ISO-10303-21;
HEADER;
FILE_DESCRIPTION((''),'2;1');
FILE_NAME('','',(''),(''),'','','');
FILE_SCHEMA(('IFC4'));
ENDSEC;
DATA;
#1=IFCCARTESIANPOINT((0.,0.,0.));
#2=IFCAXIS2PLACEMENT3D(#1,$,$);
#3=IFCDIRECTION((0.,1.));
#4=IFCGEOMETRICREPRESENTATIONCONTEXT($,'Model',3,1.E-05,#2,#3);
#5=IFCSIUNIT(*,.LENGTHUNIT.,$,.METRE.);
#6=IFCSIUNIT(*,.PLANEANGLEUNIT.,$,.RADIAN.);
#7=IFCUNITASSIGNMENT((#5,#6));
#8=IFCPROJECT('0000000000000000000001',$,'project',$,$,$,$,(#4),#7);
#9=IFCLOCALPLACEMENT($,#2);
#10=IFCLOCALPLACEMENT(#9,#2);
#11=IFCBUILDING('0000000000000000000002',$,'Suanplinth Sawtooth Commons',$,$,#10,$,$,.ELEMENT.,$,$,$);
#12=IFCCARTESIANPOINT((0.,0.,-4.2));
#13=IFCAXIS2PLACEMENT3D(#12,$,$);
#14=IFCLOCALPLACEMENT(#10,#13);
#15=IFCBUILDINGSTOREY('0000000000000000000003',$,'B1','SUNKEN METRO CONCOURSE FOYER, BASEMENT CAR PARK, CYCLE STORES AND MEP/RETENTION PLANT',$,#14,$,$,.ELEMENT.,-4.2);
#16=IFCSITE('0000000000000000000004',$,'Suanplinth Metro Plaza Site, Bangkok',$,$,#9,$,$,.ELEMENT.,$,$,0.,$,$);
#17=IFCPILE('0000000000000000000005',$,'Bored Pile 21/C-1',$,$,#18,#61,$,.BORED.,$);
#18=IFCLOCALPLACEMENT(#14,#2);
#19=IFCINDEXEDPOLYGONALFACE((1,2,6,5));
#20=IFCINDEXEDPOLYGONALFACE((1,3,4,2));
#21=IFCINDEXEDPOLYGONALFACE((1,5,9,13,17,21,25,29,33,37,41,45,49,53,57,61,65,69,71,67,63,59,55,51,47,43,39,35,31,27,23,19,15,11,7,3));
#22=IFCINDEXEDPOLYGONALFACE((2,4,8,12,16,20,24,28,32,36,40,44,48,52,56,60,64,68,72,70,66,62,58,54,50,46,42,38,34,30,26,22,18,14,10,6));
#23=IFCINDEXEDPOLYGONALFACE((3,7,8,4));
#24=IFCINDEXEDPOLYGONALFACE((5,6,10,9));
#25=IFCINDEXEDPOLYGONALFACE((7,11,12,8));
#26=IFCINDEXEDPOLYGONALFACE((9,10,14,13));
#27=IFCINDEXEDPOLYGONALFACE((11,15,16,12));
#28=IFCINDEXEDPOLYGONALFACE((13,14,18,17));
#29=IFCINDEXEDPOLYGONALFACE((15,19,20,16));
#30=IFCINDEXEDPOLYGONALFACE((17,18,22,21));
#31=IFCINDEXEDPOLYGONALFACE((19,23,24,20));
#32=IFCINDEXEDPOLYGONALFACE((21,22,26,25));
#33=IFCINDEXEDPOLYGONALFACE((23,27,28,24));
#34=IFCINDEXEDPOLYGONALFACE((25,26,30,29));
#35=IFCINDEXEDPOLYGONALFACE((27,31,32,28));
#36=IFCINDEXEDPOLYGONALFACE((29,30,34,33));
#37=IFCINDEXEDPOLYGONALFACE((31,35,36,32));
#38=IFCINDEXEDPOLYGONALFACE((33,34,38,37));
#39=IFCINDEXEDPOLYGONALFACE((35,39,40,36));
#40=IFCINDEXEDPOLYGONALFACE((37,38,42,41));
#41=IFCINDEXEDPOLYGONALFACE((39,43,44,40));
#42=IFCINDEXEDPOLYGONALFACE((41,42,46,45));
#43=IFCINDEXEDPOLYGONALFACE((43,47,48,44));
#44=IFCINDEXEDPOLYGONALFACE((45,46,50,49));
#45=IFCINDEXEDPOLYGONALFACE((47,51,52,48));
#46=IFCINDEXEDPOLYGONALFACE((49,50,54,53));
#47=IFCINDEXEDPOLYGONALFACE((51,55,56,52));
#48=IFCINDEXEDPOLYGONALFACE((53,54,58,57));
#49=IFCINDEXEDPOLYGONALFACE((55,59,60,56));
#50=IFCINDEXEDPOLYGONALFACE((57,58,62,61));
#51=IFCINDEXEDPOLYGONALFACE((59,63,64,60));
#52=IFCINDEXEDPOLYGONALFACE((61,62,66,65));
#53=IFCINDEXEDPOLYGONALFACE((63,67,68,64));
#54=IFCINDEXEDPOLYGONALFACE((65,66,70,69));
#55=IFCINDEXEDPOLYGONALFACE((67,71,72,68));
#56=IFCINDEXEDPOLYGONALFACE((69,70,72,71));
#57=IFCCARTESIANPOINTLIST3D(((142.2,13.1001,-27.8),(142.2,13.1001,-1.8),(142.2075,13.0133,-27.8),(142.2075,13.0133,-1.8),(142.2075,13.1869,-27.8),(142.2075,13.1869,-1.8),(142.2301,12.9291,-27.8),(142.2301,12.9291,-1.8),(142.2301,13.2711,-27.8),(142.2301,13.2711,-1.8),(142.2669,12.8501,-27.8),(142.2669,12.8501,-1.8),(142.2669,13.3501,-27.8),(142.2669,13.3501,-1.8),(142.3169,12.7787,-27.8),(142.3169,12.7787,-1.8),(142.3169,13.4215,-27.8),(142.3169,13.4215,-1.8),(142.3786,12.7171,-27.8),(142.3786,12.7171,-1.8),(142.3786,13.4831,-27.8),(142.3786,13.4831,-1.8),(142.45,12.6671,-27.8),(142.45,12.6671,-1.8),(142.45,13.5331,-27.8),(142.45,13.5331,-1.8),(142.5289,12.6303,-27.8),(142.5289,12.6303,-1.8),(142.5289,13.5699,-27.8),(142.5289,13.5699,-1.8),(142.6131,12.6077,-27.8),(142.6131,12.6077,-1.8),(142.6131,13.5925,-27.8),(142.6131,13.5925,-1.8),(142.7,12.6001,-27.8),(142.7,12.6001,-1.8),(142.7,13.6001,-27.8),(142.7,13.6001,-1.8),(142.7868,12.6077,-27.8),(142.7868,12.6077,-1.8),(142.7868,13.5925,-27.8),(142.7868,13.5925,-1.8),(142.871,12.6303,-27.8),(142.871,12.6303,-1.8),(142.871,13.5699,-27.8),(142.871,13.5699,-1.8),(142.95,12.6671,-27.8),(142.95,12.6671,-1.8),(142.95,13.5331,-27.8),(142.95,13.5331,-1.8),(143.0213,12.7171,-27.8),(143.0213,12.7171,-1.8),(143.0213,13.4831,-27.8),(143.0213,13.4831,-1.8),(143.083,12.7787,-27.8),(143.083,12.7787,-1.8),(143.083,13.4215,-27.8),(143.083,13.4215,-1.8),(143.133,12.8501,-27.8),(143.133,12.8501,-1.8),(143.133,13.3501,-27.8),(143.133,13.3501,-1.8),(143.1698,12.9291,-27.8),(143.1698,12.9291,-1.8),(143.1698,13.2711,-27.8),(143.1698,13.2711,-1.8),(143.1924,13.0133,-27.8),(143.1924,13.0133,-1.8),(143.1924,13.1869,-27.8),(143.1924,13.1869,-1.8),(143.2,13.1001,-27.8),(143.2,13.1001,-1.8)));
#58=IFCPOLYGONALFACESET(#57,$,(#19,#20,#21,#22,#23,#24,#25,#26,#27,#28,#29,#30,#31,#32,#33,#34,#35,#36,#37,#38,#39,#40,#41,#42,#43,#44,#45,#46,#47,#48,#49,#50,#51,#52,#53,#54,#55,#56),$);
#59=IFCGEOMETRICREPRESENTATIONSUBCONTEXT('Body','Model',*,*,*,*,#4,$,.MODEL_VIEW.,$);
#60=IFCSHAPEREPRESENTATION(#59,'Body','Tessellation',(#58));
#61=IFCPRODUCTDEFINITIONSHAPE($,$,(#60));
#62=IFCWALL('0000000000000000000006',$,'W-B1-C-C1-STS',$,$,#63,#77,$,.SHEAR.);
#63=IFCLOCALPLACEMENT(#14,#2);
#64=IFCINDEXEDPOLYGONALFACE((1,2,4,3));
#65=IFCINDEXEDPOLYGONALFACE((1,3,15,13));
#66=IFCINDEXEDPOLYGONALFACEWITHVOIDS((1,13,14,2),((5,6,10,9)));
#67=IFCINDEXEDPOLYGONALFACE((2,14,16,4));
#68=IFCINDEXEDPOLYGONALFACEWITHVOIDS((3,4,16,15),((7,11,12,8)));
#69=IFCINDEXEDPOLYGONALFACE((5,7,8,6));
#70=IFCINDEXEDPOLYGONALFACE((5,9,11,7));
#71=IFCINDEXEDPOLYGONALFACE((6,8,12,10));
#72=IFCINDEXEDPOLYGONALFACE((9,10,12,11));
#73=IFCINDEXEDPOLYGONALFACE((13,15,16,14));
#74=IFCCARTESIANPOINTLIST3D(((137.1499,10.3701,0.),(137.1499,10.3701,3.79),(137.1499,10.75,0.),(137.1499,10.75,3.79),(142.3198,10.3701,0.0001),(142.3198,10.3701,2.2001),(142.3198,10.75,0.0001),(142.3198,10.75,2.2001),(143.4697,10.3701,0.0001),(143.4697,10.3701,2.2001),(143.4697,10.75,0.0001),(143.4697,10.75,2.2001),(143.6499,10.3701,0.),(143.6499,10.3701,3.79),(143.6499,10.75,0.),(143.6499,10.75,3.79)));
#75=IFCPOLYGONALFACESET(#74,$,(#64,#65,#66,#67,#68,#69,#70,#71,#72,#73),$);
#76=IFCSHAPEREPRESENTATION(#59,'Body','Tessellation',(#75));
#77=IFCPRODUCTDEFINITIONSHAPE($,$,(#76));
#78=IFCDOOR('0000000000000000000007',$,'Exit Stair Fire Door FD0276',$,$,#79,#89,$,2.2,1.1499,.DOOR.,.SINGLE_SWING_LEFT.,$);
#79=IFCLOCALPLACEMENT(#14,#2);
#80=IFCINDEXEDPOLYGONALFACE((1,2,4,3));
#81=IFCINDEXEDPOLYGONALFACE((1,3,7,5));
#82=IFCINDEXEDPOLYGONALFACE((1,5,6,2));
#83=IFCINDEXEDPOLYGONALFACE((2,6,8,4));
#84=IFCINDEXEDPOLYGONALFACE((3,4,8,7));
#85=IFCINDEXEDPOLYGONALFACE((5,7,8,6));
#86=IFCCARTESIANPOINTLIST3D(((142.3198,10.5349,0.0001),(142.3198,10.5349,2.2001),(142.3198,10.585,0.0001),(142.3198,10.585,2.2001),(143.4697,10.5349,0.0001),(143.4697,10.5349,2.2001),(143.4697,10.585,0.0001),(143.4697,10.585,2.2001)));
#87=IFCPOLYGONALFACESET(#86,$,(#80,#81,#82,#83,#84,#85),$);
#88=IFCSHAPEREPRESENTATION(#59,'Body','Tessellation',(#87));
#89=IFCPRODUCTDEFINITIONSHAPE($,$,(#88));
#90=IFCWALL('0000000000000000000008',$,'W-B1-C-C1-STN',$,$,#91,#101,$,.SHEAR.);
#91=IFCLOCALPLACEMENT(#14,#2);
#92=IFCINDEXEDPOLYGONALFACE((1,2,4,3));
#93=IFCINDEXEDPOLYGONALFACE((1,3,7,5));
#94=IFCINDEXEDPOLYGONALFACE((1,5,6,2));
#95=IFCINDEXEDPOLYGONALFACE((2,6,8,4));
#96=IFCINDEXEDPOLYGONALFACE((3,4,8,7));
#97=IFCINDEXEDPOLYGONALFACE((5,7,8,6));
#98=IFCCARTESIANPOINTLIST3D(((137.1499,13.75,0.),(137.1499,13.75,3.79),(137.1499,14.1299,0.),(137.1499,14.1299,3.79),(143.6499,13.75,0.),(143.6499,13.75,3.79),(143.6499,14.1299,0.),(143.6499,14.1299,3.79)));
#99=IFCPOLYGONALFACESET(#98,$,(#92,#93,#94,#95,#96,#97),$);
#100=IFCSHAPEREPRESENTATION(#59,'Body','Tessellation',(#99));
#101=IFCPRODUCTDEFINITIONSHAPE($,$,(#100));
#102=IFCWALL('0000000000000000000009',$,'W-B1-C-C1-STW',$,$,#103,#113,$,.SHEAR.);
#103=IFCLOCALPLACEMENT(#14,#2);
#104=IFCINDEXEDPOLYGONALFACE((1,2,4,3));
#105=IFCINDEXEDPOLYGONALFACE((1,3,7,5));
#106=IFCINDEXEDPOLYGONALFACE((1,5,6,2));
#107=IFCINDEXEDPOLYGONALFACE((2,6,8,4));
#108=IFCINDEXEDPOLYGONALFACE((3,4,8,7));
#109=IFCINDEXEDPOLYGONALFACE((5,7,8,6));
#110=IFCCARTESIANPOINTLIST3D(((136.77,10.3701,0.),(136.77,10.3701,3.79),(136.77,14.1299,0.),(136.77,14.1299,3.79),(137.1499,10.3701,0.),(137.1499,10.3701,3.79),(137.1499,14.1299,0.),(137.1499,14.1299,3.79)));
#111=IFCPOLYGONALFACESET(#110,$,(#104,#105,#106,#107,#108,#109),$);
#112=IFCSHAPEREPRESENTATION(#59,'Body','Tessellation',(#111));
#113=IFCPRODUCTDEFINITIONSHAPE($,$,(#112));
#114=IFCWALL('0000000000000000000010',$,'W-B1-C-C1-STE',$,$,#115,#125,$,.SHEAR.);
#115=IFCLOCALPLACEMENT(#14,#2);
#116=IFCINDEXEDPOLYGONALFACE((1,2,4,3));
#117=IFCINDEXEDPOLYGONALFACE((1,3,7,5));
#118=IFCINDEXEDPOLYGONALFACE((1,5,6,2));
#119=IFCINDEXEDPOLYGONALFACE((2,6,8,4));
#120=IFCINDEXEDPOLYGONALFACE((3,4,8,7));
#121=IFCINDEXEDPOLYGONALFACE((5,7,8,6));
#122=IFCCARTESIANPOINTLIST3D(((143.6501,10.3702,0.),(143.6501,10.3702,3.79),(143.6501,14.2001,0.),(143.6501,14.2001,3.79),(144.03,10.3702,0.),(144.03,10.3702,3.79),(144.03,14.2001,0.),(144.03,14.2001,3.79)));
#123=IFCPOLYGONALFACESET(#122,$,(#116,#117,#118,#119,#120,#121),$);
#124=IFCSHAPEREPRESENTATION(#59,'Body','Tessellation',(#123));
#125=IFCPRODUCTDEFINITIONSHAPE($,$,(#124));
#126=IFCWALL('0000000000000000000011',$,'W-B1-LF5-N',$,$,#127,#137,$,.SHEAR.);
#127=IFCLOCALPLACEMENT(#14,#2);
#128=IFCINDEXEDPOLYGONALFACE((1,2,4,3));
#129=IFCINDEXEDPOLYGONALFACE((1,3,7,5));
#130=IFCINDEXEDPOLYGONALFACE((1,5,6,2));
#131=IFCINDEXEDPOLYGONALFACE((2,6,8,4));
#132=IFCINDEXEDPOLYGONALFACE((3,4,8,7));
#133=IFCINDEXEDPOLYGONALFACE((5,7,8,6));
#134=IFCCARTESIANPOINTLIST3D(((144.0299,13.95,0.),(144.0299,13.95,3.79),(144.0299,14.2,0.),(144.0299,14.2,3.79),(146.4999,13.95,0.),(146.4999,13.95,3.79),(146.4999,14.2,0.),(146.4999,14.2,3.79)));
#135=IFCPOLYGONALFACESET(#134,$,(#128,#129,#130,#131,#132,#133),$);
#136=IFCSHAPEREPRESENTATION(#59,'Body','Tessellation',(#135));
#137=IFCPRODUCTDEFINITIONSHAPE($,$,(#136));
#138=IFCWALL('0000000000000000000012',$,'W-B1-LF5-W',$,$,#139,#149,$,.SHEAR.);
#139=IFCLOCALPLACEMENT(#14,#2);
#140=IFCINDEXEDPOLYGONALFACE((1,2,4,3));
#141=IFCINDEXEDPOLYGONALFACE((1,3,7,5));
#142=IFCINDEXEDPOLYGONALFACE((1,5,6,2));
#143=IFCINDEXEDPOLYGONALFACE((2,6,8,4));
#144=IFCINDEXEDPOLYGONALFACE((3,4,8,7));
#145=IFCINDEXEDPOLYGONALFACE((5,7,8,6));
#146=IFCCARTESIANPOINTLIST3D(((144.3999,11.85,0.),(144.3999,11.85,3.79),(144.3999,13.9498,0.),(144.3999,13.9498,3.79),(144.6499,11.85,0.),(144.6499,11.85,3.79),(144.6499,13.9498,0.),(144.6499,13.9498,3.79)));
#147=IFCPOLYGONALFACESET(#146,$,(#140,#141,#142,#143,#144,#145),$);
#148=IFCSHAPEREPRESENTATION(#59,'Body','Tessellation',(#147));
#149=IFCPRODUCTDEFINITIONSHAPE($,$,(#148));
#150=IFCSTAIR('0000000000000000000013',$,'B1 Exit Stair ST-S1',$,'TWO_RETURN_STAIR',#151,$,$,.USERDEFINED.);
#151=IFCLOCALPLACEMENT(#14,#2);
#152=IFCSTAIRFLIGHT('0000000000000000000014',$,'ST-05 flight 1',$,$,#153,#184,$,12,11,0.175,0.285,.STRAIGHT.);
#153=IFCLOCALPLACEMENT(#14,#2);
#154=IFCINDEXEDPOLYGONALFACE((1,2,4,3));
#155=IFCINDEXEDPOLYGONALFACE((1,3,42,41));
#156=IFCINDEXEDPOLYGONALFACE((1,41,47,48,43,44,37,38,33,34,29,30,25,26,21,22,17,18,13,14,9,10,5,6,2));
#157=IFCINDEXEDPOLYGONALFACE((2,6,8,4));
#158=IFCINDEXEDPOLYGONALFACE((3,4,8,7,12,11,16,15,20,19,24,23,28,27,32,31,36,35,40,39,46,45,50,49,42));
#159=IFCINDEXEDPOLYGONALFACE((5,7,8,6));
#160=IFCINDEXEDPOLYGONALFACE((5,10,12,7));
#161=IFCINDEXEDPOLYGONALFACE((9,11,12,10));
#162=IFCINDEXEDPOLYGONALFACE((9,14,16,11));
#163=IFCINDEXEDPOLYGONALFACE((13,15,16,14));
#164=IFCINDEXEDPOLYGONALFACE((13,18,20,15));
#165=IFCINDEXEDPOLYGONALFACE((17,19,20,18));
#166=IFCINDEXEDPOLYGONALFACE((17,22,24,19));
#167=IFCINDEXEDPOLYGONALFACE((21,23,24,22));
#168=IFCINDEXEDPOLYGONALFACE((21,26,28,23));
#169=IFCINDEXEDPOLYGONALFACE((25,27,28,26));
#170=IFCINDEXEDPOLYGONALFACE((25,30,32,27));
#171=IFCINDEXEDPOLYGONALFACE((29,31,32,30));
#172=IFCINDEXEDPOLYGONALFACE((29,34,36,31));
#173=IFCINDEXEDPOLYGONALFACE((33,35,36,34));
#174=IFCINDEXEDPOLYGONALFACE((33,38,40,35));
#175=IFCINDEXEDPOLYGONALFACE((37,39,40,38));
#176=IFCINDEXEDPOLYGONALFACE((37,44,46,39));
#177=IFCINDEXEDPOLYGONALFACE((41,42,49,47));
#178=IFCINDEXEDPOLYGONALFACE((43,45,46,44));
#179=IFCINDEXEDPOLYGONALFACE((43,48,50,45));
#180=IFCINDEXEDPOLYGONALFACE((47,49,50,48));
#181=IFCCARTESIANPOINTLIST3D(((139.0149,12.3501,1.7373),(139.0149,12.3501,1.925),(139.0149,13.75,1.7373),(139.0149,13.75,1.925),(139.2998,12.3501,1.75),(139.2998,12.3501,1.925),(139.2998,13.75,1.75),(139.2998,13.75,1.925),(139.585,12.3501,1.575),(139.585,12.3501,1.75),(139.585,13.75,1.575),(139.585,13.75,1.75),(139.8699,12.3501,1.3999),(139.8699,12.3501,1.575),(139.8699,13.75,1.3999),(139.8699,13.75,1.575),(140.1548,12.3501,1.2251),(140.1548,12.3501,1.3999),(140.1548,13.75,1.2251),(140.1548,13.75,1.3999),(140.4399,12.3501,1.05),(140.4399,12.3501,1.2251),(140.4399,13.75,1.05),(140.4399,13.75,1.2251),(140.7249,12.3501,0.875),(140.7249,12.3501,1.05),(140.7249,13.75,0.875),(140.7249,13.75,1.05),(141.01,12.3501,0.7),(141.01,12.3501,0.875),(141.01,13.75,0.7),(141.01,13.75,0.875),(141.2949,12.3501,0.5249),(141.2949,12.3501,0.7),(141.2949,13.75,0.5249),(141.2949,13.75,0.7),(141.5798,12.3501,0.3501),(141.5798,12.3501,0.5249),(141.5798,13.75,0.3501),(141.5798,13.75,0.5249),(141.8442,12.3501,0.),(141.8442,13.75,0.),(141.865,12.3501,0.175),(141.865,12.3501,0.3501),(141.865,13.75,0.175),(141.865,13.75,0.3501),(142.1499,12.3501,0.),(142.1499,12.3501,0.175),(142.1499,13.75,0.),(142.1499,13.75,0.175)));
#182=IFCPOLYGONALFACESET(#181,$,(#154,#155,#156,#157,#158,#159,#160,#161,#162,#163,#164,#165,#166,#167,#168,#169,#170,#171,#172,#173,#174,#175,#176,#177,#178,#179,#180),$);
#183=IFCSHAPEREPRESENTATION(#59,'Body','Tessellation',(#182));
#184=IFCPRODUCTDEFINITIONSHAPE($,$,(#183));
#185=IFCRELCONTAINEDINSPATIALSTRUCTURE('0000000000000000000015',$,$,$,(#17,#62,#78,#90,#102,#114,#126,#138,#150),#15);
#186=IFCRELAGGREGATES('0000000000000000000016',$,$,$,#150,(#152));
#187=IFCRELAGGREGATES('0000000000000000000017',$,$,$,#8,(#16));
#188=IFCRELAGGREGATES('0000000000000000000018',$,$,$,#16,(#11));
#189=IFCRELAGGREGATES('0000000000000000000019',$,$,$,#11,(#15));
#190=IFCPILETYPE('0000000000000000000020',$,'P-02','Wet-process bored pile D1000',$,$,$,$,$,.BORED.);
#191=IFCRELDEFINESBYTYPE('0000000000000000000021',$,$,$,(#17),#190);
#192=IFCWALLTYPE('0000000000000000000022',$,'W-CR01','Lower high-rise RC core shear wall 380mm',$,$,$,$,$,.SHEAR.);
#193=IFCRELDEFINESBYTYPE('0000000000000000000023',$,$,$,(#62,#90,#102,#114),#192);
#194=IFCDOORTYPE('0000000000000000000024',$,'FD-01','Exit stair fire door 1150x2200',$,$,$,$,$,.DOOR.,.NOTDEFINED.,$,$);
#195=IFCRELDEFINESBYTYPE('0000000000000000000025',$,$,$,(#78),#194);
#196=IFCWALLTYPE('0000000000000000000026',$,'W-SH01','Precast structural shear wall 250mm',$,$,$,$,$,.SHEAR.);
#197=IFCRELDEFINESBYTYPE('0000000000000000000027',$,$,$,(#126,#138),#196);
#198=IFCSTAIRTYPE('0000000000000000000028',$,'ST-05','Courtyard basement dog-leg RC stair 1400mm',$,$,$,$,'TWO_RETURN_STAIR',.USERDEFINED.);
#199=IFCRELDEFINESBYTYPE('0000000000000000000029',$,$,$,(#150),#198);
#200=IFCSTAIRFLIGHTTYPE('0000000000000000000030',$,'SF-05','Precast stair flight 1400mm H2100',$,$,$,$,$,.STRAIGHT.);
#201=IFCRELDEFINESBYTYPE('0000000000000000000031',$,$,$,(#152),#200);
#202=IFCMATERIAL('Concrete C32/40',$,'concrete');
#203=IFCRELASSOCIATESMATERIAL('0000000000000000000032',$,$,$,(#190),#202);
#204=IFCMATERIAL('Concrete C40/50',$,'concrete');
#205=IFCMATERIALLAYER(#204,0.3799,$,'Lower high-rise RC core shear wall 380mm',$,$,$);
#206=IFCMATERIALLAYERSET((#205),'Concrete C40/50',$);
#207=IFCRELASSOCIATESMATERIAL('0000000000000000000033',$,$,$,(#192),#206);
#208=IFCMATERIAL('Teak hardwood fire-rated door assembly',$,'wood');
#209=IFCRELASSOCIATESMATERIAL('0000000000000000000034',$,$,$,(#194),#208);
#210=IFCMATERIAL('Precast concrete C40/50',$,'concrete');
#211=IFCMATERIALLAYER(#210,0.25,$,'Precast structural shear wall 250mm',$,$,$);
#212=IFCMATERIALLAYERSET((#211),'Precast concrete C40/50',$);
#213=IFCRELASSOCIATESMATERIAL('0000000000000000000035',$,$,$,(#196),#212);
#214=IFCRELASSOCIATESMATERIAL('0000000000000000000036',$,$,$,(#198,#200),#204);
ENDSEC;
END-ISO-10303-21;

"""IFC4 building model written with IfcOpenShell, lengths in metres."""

from ifc_helpers import new_model, si_unit, direction, frame, frame_2d, origin, origin_2d, place, context, subcontext, project, spatial, polyline, rectangle, circle, outline, extrude, material, layer, layer_set, material_profile, profile_set, type_object, element, fill, aggregate, save


model = new_model("IFC4")

# Units and contexts
model_context = context("Model", 3, precision=1e-05, world=origin(), true_north=direction((0.0, 1.0)))
body_context = subcontext(model_context, "Body", "Model", "MODEL_VIEW")
ifc_project = project(units=[si_unit("LENGTHUNIT", "METRE"), si_unit("PLANEANGLEUNIT", "RADIAN")], contexts=[model_context])

# Site, building, storey
site_placement = place(None, origin())
site = spatial("IfcSite", under=ifc_project, at=site_placement, Name="Suanplinth Metro Plaza Site, Bangkok", CompositionType="ELEMENT", RefElevation=0.0)
building_placement = place(site_placement, origin())
building = spatial("IfcBuilding", under=site, at=building_placement, Name="Suanplinth Sawtooth Commons", CompositionType="ELEMENT")
storey_placement = place(building_placement, frame((0.0, 0.0, -4.2)))
storey = spatial("IfcBuildingStorey", under=building, at=storey_placement, Name="B1", Description="SUNKEN METRO CONCOURSE FOYER, BASEMENT CAR PARK, CYCLE STORES AND MEP/RETENTION PLANT", CompositionType="ELEMENT", Elevation=-4.2)

# Pile
ifc_material_1 = material(Name="Concrete C32/40", Category="concrete")
ifc_material_profile_1 = material_profile(ifc_material_1, circle(Radius=0.5, at=origin_2d()), Name="PILE D1000")
ifc_profile_set_1 = profile_set([ifc_material_profile_1], Name="Concrete C32/40")
pile_type = type_object("IfcPileType", Name="P-02", Description="Wet-process bored pile D1000", PredefinedType="BORED", material=ifc_profile_set_1)
pile_1_placement = place(storey_placement, frame((142.7, 13.1001, -1.8), z_axis=(0.0, 0.0, -1.0), x_axis=(1.0, 0.0, 0.0)))
element("IfcPile", 1, at=pile_1_placement, inside=storey, type_object=pile_type, Name="Bored Pile 21/C-1", PredefinedType="BORED", context=body_context, shape_type="SweptSolid", body=[
    extrude(circle(Radius=0.5, at=origin_2d()), origin(), (0.0, 0.0, 1.0), 26.0),
])

# Wall, opening, door
ifc_material_2 = material(Name="Concrete C40/50", Category="concrete")
ifc_layer_1 = layer(ifc_material_2, 0.3799, Name="Lower high-rise RC core shear wall 380mm")
ifc_layer_set_1 = layer_set([ifc_layer_1], Name="Concrete C40/50")
wall_type_1 = type_object("IfcWallType", Name="W-CR01", Description="Lower high-rise RC core shear wall 380mm", PredefinedType="SHEAR", material=ifc_layer_set_1)
wall_1_placement = place(storey_placement, frame((137.1499, 10.5601, 0.0), z_axis=(0.0, 0.0, 1.0), x_axis=(1.0, 0.0, 0.0)))
wall_1 = element("IfcWall", 2, at=wall_1_placement, inside=storey, type_object=wall_type_1, Name="W-B1-C-C1-STS", PredefinedType="SHEAR", context=body_context, shape_type="SweptSolid", body=[
    extrude(rectangle(XDim=6.5, YDim=0.3799, at=frame_2d((3.25, 0.0))), origin(), (0.0, 0.0, 1.0), 3.79),
])
opening_1_placement = place(wall_1_placement, frame((5.1699, 0.0, 0.0)))
opening_1 = element("IfcOpeningElement", 3, at=opening_1_placement, cuts=wall_1, PredefinedType="OPENING", context=body_context, shape_type="SweptSolid", body=[
    extrude(rectangle(XDim=1.1499, YDim=2.2, at=frame_2d((0.575, 1.1001))), frame((0.0, 0.2048, 0.0), z_axis=(0.0, -1.0, 0.0), x_axis=(1.0, 0.0, 0.0)), (0.0, 0.0, 1.0), 0.4097),
])
ifc_material_3 = material(Name="Teak hardwood fire-rated door assembly", Category="wood")
door_type_1 = type_object("IfcDoorType", Name="FD-01", Description="Exit stair fire door 1150x2200", OperationType="NOTDEFINED", PredefinedType="DOOR", material=ifc_material_3)
door_1_placement = place(opening_1_placement, origin())
door_1 = element("IfcDoor", 4, at=door_1_placement, inside=storey, type_object=door_type_1, Name="Exit Stair Fire Door FD0276", OperationType="SINGLE_SWING_LEFT", OverallHeight=2.2, OverallWidth=1.1499, PredefinedType="DOOR", context=body_context, shape_type="SweptSolid", body=[
    extrude(rectangle(XDim=1.1499, YDim=2.2, at=frame_2d((0.575, 1.1001))), frame((0.0, 0.0249, 0.0), z_axis=(0.0, -1.0, 0.0), x_axis=(1.0, 0.0, 0.0)), (0.0, 0.0, 1.0), 0.05),
])
fill(opening_1, door_1)

# Walls
wall_2_placement = place(storey_placement, frame((137.1499, 13.9399, 0.0), z_axis=(0.0, 0.0, 1.0), x_axis=(1.0, 0.0, 0.0)))
element("IfcWall", 5, at=wall_2_placement, inside=storey, type_object=wall_type_1, Name="W-B1-C-C1-STN", PredefinedType="SHEAR", context=body_context, shape_type="SweptSolid", body=[
    extrude(rectangle(XDim=6.5, YDim=0.3799, at=frame_2d((3.25, 0.0))), origin(), (0.0, 0.0, 1.0), 3.79),
])
wall_3_placement = place(storey_placement, frame((136.96, 10.3701, 0.0), z_axis=(0.0, 0.0, 1.0), x_axis=(0.0, 1.0, 0.0)))
element("IfcWall", 6, at=wall_3_placement, inside=storey, type_object=wall_type_1, Name="W-B1-C-C1-STW", PredefinedType="SHEAR", context=body_context, shape_type="SweptSolid", body=[
    extrude(rectangle(XDim=3.7598, YDim=0.3799, at=frame_2d((1.8799, 0.0))), origin(), (0.0, 0.0, 1.0), 3.79),
])
wall_4_placement = place(storey_placement, frame((143.8401, 10.3701, 0.0), z_axis=(0.0, 0.0, 1.0), x_axis=(0.0, 1.0, 0.0)))
element("IfcWall", 7, at=wall_4_placement, inside=storey, type_object=wall_type_1, Name="W-B1-C-C1-STE", PredefinedType="SHEAR", context=body_context, shape_type="SweptSolid", body=[
    extrude(rectangle(XDim=3.8298, YDim=0.3799, at=frame_2d((1.915, 0.0))), origin(), (0.0, 0.0, 1.0), 3.79),
])

# Shared definitions
ifc_material_4 = material(Name="Precast concrete C40/50", Category="concrete")
ifc_layer_2 = layer(ifc_material_4, 0.25, Name="Precast structural shear wall 250mm")
ifc_layer_set_2 = layer_set([ifc_layer_2], Name="Precast concrete C40/50")
wall_type_2 = type_object("IfcWallType", Name="W-SH01", Description="Precast structural shear wall 250mm", PredefinedType="SHEAR", material=ifc_layer_set_2)

# Walls
wall_5_placement = place(storey_placement, frame((144.03, 14.075, 0.0), z_axis=(0.0, 0.0, 1.0), x_axis=(1.0, 0.0, 0.0)))
element("IfcWall", 8, at=wall_5_placement, inside=storey, type_object=wall_type_2, Name="W-B1-LF5-N", PredefinedType="SHEAR", context=body_context, shape_type="SweptSolid", body=[
    extrude(rectangle(XDim=2.47, YDim=0.25, at=frame_2d((1.2349, 0.0))), origin(), (0.0, 0.0, 1.0), 3.79),
])
wall_6_placement = place(storey_placement, frame((144.5249, 11.8501, 0.0), z_axis=(0.0, 0.0, 1.0), x_axis=(0.0, 1.0, 0.0)))
element("IfcWall", 9, at=wall_6_placement, inside=storey, type_object=wall_type_2, Name="W-B1-LF5-W", PredefinedType="SHEAR", context=body_context, shape_type="SweptSolid", body=[
    extrude(rectangle(XDim=2.0999, YDim=0.25, at=frame_2d((1.0498, 0.0))), origin(), (0.0, 0.0, 1.0), 3.79),
])

# Stair, stair flight
stair_type = type_object("IfcStairType", Name="ST-05", Description="Courtyard basement dog-leg RC stair 1400mm", ElementType="TWO_RETURN_STAIR", PredefinedType="USERDEFINED", material=ifc_material_2)
stair_placement = place(storey_placement, origin())
stair = element("IfcStair", 10, at=stair_placement, inside=storey, type_object=stair_type, Name="B1 Exit Stair ST-S1", ObjectType="TWO_RETURN_STAIR", PredefinedType="USERDEFINED")
stair_flight_type = type_object("IfcStairFlightType", Name="SF-05", Description="Precast stair flight 1400mm H2100", PredefinedType="STRAIGHT", material=ifc_material_2)
stair_flight_1_placement = place(storey_placement, frame((142.1499, 13.05, 0.0), z_axis=(0.0, 0.0, 1.0), x_axis=(-1.0, 0.0, 0.0)))
stair_flight_1 = element("IfcStairFlight", 11, at=stair_flight_1_placement, type_object=stair_flight_type, Name="ST-05 flight 1", NumberOfRisers=12, NumberOfTreads=11, PredefinedType="STRAIGHT", RiserHeight=0.175, TreadLength=0.285, context=body_context, shape_type="SweptSolid", body=[
    extrude(outline(polyline([(0.0, 0.0), (0.0, 0.175), (0.2849, 0.175), (0.2849, 0.3501), (0.5701, 0.3501), (0.5701, 0.5249), (0.855, 0.5249), (0.855, 0.7), (1.1399, 0.7), (1.1399, 0.875), (1.425, 0.875), (1.425, 1.05), (1.71, 1.05), (1.71, 1.2251), (1.9951, 1.2251), (1.9951, 1.3999), (2.28, 1.3999), (2.28, 1.575), (2.5649, 1.575), (2.5649, 1.75), (2.8501, 1.75), (2.8501, 1.925), (3.135, 1.925), (3.135, 2.1001), (3.135, 1.7373), (0.3057, 0.0), (0.0, 0.0)])), frame((0.0, 0.7, 0.0), z_axis=(0.0, -1.0, 0.0), x_axis=(1.0, 0.0, 0.0)), (0.0, 0.0, 1.0), 1.3999),
])
aggregate(stair, [stair_flight_1])

save(model, "model.ifc")
